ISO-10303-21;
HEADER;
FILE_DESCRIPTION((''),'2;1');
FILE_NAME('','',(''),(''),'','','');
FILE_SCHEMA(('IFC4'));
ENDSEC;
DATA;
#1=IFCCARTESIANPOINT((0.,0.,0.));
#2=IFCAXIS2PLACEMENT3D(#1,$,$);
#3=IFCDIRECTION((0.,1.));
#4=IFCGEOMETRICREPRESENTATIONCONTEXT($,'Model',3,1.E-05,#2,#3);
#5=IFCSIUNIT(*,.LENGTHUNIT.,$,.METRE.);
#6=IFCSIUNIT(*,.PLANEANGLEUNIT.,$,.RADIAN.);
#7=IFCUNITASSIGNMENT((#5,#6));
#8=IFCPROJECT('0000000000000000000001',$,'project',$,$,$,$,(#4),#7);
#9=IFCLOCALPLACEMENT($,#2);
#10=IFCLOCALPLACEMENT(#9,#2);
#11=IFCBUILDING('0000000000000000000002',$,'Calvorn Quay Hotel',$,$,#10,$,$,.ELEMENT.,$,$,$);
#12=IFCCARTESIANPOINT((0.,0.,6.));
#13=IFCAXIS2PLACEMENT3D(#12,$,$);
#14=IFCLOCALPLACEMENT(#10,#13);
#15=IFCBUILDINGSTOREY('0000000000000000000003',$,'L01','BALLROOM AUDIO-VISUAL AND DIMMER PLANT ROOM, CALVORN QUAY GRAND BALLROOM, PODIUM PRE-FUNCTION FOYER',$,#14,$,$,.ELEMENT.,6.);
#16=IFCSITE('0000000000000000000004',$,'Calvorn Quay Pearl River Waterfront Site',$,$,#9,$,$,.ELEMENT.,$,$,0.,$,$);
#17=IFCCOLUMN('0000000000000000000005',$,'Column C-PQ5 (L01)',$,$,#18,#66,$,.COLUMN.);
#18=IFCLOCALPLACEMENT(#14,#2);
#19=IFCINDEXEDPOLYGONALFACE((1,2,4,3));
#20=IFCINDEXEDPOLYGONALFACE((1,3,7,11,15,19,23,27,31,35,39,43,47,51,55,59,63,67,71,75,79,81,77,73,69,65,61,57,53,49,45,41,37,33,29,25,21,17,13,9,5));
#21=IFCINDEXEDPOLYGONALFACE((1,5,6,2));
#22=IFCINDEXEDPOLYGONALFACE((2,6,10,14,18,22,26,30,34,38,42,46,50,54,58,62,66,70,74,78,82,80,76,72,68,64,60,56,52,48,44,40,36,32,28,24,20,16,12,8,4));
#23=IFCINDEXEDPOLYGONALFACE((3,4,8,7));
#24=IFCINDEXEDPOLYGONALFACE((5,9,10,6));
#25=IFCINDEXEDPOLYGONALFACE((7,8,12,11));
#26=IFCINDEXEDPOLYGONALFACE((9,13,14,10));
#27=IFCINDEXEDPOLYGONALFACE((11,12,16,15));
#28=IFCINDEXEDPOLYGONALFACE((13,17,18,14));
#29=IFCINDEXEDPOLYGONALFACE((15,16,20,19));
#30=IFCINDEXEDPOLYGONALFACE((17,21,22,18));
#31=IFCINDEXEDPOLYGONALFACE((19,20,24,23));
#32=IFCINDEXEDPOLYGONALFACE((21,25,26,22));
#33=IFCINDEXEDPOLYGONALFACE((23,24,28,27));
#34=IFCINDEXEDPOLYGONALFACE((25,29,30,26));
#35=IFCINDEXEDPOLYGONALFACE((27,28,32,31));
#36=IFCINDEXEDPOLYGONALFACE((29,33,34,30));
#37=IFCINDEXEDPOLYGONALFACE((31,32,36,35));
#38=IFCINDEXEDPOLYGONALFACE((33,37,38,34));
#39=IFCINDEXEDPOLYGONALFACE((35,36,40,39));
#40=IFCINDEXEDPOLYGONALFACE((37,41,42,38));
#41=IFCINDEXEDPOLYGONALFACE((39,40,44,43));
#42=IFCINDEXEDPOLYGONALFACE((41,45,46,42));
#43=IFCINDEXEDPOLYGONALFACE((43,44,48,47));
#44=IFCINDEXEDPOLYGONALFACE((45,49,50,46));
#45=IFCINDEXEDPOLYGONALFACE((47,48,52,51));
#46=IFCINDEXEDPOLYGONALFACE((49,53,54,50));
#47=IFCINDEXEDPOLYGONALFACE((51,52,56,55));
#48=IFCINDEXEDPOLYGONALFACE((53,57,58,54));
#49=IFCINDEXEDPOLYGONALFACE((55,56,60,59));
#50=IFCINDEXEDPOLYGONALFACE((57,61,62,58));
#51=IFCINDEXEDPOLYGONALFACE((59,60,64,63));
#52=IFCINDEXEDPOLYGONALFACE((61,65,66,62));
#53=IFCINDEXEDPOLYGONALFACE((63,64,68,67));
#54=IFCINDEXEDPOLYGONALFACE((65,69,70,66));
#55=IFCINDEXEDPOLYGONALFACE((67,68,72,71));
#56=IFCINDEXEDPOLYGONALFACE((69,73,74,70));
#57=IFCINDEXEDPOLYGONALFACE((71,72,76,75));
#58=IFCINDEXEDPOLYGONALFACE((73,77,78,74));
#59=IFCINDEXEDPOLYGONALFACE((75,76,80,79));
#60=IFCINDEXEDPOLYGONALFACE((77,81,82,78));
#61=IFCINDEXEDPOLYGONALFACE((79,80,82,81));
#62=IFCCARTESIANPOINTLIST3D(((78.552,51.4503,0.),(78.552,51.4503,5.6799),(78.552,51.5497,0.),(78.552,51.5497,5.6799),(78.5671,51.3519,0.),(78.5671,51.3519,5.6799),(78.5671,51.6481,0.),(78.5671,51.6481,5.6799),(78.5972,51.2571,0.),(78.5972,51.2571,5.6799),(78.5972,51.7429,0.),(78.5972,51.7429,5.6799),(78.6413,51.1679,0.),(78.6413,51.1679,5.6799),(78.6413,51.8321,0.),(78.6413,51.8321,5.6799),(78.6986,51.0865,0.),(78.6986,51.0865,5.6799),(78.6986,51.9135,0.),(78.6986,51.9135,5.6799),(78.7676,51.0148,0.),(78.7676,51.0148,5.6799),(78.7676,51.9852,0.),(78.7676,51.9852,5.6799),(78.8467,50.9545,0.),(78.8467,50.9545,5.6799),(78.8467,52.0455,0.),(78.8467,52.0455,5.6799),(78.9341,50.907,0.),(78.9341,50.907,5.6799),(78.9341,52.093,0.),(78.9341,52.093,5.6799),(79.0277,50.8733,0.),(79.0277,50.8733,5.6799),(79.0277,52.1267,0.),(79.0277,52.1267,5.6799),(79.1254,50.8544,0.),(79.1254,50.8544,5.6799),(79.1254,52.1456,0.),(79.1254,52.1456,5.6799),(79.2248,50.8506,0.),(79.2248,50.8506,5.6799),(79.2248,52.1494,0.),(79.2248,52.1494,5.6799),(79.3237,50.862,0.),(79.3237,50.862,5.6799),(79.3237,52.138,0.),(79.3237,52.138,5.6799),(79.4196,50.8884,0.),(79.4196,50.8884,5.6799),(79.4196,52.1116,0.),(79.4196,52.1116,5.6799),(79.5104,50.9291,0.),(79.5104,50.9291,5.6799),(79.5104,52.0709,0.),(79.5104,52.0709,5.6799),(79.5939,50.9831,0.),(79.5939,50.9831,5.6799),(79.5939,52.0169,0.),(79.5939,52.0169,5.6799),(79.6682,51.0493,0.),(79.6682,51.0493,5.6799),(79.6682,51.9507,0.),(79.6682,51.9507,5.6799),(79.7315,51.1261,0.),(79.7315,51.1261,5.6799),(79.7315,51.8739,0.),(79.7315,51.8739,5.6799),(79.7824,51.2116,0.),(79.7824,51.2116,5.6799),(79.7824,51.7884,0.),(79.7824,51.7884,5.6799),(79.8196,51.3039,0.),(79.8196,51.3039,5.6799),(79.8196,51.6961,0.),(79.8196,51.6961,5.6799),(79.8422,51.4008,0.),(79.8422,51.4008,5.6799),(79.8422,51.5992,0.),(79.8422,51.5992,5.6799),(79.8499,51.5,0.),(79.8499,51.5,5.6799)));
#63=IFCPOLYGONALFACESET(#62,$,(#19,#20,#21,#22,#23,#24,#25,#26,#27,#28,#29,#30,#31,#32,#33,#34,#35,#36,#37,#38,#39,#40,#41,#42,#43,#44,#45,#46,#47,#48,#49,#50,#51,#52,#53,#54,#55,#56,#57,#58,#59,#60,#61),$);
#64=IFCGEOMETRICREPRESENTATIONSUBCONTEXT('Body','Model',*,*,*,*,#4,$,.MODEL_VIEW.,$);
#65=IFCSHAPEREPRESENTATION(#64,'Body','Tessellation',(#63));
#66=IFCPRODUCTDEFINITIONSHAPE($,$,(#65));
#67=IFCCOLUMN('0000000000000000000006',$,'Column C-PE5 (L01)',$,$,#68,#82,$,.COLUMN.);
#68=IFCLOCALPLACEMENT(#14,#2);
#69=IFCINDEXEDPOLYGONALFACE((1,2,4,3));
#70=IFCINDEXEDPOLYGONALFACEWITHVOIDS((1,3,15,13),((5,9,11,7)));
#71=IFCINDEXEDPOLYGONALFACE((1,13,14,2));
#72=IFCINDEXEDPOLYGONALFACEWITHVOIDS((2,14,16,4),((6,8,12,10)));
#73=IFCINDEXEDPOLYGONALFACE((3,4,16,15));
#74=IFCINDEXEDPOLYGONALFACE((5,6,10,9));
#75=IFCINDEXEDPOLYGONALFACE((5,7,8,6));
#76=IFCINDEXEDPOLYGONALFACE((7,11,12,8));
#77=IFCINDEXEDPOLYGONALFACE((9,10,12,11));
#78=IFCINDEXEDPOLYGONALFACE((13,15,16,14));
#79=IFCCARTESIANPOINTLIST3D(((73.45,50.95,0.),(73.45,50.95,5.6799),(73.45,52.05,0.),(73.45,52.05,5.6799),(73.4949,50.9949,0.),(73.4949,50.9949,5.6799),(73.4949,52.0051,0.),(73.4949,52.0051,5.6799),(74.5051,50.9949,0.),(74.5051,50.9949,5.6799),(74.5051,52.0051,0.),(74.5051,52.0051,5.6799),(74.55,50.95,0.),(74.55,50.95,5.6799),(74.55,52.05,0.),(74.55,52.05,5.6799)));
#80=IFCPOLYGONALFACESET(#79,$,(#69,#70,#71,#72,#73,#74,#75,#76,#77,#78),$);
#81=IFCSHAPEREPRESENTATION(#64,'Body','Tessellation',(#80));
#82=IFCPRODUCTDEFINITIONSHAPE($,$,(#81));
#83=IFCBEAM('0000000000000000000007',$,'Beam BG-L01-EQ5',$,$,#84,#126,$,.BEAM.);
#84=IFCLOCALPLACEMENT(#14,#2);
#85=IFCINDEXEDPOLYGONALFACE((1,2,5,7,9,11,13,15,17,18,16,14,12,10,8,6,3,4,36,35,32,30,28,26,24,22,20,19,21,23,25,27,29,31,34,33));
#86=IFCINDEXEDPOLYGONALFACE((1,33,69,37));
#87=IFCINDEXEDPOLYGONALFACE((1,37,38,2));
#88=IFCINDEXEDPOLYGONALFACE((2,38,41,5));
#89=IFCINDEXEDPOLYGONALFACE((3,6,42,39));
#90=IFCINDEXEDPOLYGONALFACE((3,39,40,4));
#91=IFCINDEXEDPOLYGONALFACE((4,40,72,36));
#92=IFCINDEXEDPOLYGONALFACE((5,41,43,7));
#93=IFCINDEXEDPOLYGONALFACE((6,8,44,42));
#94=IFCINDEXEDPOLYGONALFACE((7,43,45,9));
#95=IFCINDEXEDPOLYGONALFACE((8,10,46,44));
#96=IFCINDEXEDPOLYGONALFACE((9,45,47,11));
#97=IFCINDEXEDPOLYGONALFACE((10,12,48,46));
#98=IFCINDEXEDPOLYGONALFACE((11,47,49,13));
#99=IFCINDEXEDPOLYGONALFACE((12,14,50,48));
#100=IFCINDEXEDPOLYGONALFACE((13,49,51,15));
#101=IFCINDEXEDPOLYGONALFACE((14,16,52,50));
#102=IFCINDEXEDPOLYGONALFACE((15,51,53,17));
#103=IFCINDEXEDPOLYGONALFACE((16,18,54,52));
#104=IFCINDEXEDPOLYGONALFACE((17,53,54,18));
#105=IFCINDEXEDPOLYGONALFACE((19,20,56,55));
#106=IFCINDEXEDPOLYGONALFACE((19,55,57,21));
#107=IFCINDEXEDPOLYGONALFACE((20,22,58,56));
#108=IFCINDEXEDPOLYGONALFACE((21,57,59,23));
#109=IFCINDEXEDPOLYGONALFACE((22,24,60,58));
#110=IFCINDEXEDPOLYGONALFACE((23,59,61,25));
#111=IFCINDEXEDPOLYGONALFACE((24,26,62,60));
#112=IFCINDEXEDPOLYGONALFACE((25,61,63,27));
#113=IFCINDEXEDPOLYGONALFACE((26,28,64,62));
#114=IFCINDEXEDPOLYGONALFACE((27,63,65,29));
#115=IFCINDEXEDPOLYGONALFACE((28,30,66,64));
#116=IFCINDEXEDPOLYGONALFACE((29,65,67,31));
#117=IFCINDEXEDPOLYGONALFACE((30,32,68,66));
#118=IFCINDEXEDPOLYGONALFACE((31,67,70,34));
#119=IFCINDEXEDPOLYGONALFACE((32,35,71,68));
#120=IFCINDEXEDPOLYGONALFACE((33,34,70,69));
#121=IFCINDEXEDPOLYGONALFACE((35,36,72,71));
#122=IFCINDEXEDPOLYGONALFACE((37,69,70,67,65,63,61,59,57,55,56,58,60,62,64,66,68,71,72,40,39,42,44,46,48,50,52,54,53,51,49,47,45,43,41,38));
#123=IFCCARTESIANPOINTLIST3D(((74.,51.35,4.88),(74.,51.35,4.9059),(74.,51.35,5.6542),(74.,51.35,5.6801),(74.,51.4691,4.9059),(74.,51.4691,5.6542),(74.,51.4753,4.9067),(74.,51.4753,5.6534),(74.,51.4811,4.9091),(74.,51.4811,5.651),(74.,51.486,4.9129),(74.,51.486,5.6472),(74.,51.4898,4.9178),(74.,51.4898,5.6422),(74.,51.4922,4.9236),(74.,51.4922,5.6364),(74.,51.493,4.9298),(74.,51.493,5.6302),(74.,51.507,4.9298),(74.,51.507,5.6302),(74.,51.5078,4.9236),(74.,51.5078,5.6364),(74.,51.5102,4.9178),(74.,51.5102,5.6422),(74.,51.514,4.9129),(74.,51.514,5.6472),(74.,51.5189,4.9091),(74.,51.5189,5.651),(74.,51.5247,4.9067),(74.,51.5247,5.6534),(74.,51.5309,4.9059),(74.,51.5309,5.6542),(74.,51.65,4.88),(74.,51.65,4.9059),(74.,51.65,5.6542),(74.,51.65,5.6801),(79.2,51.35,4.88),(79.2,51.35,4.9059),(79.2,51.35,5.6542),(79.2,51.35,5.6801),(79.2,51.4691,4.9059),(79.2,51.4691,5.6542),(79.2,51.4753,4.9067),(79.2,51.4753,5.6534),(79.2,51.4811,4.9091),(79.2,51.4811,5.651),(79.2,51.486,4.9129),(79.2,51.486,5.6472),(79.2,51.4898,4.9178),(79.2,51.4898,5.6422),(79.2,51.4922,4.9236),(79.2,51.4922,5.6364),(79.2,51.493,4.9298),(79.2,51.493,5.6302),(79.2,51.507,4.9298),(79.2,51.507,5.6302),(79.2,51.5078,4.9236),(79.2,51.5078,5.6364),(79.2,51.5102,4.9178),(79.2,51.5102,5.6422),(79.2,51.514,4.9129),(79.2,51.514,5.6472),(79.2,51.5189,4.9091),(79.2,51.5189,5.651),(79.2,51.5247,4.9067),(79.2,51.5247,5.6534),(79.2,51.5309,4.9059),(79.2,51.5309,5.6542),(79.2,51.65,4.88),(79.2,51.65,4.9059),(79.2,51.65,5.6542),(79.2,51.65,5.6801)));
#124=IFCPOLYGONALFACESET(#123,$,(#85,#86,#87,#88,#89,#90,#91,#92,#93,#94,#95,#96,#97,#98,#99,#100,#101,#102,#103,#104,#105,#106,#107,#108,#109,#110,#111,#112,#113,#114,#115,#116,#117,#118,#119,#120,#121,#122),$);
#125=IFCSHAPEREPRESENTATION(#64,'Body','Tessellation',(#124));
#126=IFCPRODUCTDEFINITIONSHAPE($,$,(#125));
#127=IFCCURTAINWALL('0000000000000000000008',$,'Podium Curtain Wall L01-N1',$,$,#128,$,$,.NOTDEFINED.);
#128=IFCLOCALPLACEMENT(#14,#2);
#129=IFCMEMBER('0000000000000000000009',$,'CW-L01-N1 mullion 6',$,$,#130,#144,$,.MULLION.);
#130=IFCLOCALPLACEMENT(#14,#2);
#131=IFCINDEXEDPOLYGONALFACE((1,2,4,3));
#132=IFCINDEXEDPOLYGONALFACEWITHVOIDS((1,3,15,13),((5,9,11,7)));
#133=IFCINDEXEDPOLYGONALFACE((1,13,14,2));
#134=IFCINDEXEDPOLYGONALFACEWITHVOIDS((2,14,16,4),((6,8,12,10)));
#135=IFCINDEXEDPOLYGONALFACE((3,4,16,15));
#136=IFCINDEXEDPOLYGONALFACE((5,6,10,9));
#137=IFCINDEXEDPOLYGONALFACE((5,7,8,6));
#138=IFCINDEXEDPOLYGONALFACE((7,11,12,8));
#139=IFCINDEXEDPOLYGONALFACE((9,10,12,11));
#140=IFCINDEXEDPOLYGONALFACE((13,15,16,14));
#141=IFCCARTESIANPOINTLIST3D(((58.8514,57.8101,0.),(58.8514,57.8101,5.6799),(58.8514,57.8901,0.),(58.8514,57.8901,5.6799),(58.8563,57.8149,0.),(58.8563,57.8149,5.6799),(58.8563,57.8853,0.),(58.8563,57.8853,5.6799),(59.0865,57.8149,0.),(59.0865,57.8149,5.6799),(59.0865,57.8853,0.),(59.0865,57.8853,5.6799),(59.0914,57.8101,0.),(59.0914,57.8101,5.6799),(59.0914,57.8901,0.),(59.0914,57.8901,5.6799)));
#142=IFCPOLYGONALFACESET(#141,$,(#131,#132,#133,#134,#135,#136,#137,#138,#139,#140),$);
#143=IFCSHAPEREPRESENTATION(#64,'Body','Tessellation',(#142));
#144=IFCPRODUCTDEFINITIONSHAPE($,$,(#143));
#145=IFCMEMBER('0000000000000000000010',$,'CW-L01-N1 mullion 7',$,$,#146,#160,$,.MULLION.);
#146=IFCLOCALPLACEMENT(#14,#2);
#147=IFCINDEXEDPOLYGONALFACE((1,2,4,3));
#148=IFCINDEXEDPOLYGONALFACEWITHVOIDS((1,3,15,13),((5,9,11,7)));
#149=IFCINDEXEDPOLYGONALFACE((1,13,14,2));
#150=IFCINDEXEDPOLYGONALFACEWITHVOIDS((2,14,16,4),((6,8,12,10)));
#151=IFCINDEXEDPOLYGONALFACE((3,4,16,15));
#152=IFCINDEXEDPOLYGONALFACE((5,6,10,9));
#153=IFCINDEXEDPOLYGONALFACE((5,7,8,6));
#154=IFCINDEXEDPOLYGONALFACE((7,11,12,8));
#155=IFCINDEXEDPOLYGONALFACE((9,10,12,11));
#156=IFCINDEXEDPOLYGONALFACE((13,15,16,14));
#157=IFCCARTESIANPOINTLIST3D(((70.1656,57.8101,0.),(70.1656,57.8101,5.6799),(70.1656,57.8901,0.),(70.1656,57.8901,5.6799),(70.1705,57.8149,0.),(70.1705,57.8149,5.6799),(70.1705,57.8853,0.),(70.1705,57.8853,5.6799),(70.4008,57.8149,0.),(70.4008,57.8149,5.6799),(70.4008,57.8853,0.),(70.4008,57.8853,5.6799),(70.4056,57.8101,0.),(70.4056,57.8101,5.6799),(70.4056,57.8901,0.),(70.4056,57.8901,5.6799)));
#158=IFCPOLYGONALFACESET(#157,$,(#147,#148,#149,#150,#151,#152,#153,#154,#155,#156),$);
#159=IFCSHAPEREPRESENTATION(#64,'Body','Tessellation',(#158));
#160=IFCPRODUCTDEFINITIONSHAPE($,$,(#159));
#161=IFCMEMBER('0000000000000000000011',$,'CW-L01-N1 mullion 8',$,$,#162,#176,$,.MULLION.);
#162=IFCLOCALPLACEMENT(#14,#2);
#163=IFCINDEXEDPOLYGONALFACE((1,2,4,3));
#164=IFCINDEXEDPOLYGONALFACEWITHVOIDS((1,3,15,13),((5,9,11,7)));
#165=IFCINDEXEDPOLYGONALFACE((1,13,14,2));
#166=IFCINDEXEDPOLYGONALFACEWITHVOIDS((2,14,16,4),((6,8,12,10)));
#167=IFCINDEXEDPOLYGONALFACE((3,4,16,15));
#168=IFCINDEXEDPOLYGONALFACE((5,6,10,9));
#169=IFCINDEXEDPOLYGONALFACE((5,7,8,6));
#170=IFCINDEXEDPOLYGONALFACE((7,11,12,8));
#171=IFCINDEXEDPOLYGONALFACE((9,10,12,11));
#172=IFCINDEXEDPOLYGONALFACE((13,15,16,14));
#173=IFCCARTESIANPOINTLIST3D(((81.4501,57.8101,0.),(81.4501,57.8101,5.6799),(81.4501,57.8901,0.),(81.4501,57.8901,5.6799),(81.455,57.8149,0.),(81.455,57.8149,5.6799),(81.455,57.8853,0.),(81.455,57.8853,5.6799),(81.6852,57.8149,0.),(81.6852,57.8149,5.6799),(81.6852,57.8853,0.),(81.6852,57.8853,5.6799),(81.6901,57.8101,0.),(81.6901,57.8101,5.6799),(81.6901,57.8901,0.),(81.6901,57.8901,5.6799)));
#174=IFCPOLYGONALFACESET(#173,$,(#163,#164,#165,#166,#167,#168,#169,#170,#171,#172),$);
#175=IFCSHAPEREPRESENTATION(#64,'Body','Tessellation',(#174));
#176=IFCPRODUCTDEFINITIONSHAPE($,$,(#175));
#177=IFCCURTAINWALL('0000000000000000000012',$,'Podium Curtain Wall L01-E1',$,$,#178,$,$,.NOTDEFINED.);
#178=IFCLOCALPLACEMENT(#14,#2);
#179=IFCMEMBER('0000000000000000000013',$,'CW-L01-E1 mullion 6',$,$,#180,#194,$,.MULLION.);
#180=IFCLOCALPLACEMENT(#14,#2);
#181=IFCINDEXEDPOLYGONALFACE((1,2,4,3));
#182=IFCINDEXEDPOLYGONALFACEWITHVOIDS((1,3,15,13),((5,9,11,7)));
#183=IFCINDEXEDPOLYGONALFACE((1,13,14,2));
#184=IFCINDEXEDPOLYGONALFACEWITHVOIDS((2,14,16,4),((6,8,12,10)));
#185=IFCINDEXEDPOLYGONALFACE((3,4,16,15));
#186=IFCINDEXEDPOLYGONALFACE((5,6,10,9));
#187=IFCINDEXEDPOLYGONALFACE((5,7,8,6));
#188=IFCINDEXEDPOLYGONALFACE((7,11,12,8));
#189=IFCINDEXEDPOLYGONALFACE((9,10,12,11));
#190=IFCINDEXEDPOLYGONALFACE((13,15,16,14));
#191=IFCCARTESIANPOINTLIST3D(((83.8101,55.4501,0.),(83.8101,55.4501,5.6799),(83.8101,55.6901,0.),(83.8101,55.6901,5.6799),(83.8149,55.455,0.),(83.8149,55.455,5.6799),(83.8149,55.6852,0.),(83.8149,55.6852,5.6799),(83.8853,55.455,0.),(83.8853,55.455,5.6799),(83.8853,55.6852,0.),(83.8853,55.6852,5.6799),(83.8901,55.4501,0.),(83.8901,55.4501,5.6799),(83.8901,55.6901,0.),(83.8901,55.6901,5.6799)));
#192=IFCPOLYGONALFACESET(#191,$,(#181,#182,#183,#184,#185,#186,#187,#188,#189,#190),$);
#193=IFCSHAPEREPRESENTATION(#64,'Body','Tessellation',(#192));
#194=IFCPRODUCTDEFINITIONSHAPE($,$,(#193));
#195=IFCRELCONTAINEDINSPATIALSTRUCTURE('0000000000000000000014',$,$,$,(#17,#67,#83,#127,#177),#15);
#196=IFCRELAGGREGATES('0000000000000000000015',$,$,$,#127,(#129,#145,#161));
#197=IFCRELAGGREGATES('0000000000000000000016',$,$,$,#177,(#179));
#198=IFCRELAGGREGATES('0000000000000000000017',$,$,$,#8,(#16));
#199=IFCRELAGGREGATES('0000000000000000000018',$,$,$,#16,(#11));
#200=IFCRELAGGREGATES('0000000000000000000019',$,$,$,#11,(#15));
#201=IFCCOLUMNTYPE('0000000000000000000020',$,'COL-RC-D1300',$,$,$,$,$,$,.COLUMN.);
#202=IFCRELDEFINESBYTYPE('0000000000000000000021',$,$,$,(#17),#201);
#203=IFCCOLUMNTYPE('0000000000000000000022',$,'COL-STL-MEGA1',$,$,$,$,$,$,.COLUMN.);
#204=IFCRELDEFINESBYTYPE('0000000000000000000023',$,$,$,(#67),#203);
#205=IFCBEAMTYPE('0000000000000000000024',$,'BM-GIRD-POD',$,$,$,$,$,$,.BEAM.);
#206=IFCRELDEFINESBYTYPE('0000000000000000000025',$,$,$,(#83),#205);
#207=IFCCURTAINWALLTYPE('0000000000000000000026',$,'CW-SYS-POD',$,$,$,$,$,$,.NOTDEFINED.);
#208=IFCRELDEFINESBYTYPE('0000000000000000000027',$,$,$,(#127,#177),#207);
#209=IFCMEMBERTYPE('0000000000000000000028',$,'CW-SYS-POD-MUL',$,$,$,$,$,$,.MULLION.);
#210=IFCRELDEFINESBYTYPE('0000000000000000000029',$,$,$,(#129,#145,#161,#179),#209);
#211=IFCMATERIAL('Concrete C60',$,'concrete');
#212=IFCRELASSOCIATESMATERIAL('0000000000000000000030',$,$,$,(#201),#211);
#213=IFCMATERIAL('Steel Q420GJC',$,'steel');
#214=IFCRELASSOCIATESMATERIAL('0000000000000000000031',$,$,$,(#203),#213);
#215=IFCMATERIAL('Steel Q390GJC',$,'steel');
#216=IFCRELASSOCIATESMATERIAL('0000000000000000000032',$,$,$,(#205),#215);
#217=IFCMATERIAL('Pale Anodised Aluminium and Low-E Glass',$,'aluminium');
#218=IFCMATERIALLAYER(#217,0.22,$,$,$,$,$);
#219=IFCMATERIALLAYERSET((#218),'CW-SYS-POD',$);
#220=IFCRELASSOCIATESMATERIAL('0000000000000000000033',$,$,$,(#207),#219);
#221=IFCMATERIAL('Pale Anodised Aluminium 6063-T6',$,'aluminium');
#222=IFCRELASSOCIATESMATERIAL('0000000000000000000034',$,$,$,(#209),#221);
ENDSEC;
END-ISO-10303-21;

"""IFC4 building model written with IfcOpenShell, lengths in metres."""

from ifc_helpers import new_model, si_unit, direction, frame, origin, origin_2d, place, context, subcontext, project, spatial, hollow_rectangle, circle, i_section, extrude, material, layer, layer_set, material_profile, profile_set, type_object, element, aggregate, save


model = new_model("IFC4")

# Units and contexts
model_context = context("Model", 3, precision=1e-05, world=origin(), true_north=direction((0.0, 1.0)))
body_context = subcontext(model_context, "Body", "Model", "MODEL_VIEW")
ifc_project = project(units=[si_unit("LENGTHUNIT", "METRE"), si_unit("PLANEANGLEUNIT", "RADIAN")], contexts=[model_context])

# Site, building, storey
site_placement = place(None, origin())
site = spatial("IfcSite", under=ifc_project, at=site_placement, Name="Calvorn Quay Pearl River Waterfront Site", CompositionType="ELEMENT", RefElevation=0.0)
building_placement = place(site_placement, origin())
building = spatial("IfcBuilding", under=site, at=building_placement, Name="Calvorn Quay Hotel", CompositionType="ELEMENT")
storey_placement = place(building_placement, frame((0.0, 0.0, 6.0)))
storey = spatial("IfcBuildingStorey", under=building, at=storey_placement, Name="L01", Description="BALLROOM AUDIO-VISUAL AND DIMMER PLANT ROOM, CALVORN QUAY GRAND BALLROOM, PODIUM PRE-FUNCTION FOYER", CompositionType="ELEMENT", Elevation=6.0)

# Columns
ifc_material_1 = material(Name="Concrete C60", Category="concrete")
ifc_material_profile_1 = material_profile(ifc_material_1, circle(Radius=0.6499, at=origin_2d()), Name="RCD1300")
ifc_profile_set_1 = profile_set([ifc_material_profile_1], Name="Concrete C60")
column_type_1 = type_object("IfcColumnType", Name="COL-RC-D1300", PredefinedType="COLUMN", material=ifc_profile_set_1)
column_1_placement = place(storey_placement, frame((79.2, 51.5, 0.0), z_axis=(0.0, 0.0, 1.0), x_axis=(1.0, 0.0, 0.0)))
element("IfcColumn", 1, at=column_1_placement, inside=storey, type_object=column_type_1, Name="Column C-PQ5 (L01)", PredefinedType="COLUMN", context=body_context, shape_type="SweptSolid", body=[
    extrude(circle(Radius=0.6499, at=origin_2d()), origin(), (0.0, 0.0, 1.0), 5.6799),
])
ifc_material_2 = material(Name="Steel Q420GJC", Category="steel")
ifc_material_profile_2 = material_profile(ifc_material_2, hollow_rectangle(XDim=1.1001, YDim=1.1001, WallThickness=0.0449, at=origin_2d()), Name="BOX1100x1100x45")
ifc_profile_set_2 = profile_set([ifc_material_profile_2], Name="Steel Q420GJC")
column_type_2 = type_object("IfcColumnType", Name="COL-STL-MEGA1", PredefinedType="COLUMN", material=ifc_profile_set_2)
column_2_placement = place(storey_placement, frame((74.0, 51.5, 0.0), z_axis=(0.0, 0.0, 1.0), x_axis=(1.0, 0.0, 0.0)))
element("IfcColumn", 2, at=column_2_placement, inside=storey, type_object=column_type_2, Name="Column C-PE5 (L01)", PredefinedType="COLUMN", context=body_context, shape_type="SweptSolid", body=[
    extrude(hollow_rectangle(XDim=1.1001, YDim=1.1001, WallThickness=0.0449, at=origin_2d()), origin(), (0.0, 0.0, 1.0), 5.6799),
])

# Beam
ifc_material_3 = material(Name="Steel Q390GJC", Category="steel")
ifc_material_profile_3 = material_profile(ifc_material_3, i_section(OverallWidth=0.3, OverallDepth=0.8, WebThickness=0.0139, FlangeThickness=0.0259, FilletRadius=0.0239, at=origin_2d()), Name="HN800x300x14x26")
ifc_profile_set_3 = profile_set([ifc_material_profile_3], Name="Steel Q390GJC")
beam_type = type_object("IfcBeamType", Name="BM-GIRD-POD", PredefinedType="BEAM", material=ifc_profile_set_3)
beam_placement = place(storey_placement, frame((74.0, 51.5, 5.28), z_axis=(1.0, 0.0, 0.0), x_axis=(0.0, 1.0, 0.0)))
element("IfcBeam", 3, at=beam_placement, inside=storey, type_object=beam_type, Name="Beam BG-L01-EQ5", PredefinedType="BEAM", context=body_context, shape_type="SweptSolid", body=[
    extrude(i_section(OverallWidth=0.3, OverallDepth=0.8, WebThickness=0.0139, FlangeThickness=0.0259, FilletRadius=0.0239, at=origin_2d()), origin(), (0.0, 0.0, 1.0), 5.2),
])

# Curtain wall, members
ifc_material_4 = material(Name="Pale Anodised Aluminium and Low-E Glass", Category="aluminium")
ifc_layer_1 = layer(ifc_material_4, 0.22)
ifc_layer_set_1 = layer_set([ifc_layer_1], Name="CW-SYS-POD")
curtain_wall_type = type_object("IfcCurtainWallType", Name="CW-SYS-POD", PredefinedType="NOTDEFINED", material=ifc_layer_set_1)
curtain_wall_1_placement = place(storey_placement, origin())
curtain_wall_1 = element("IfcCurtainWall", 4, at=curtain_wall_1_placement, inside=storey, type_object=curtain_wall_type, Name="Podium Curtain Wall L01-N1", PredefinedType="NOTDEFINED")
ifc_material_5 = material(Name="Pale Anodised Aluminium 6063-T6", Category="aluminium")
ifc_material_profile_4 = material_profile(ifc_material_5, hollow_rectangle(XDim=0.0801, YDim=0.24, WallThickness=0.0049, at=origin_2d()), Name="ALU-M240x80x5")
ifc_profile_set_4 = profile_set([ifc_material_profile_4], Name="Pale Anodised Aluminium 6063-T6")
member_type_1 = type_object("IfcMemberType", Name="CW-SYS-POD-MUL", PredefinedType="MULLION", material=ifc_profile_set_4)
member_1_placement = place(storey_placement, frame((58.9714, 57.8501, 0.0), z_axis=(0.0, 0.0, 1.0), x_axis=(0.0, 1.0, 0.0)))
member_1 = element("IfcMember", 5, at=member_1_placement, type_object=member_type_1, Name="CW-L01-N1 mullion 6", PredefinedType="MULLION", context=body_context, shape_type="SweptSolid", body=[
    extrude(hollow_rectangle(XDim=0.0801, YDim=0.24, WallThickness=0.0049, at=origin_2d()), origin(), (0.0, 0.0, 1.0), 5.6799),
])
member_2_placement = place(storey_placement, frame((70.2856, 57.8501, 0.0), z_axis=(0.0, 0.0, 1.0), x_axis=(0.0, 1.0, 0.0)))
member_2 = element("IfcMember", 6, at=member_2_placement, type_object=member_type_1, Name="CW-L01-N1 mullion 7", PredefinedType="MULLION", context=body_context, shape_type="SweptSolid", body=[
    extrude(hollow_rectangle(XDim=0.0801, YDim=0.24, WallThickness=0.0049, at=origin_2d()), origin(), (0.0, 0.0, 1.0), 5.6799),
])
member_3_placement = place(storey_placement, frame((81.5701, 57.8501, 0.0), z_axis=(0.0, 0.0, 1.0), x_axis=(0.0, 1.0, 0.0)))
member_3 = element("IfcMember", 7, at=member_3_placement, type_object=member_type_1, Name="CW-L01-N1 mullion 8", PredefinedType="MULLION", context=body_context, shape_type="SweptSolid", body=[
    extrude(hollow_rectangle(XDim=0.0801, YDim=0.24, WallThickness=0.0049, at=origin_2d()), origin(), (0.0, 0.0, 1.0), 5.6799),
])

# Curtain wall, member
curtain_wall_2_placement = place(storey_placement, origin())
curtain_wall_2 = element("IfcCurtainWall", 8, at=curtain_wall_2_placement, inside=storey, type_object=curtain_wall_type, Name="Podium Curtain Wall L01-E1", PredefinedType="NOTDEFINED")
member_4_placement = place(storey_placement, frame((83.8501, 55.5701, 0.0), z_axis=(0.0, 0.0, 1.0), x_axis=(-1.0, 0.0, 0.0)))
member_4 = element("IfcMember", 9, at=member_4_placement, type_object=member_type_1, Name="CW-L01-E1 mullion 6", PredefinedType="MULLION", context=body_context, shape_type="SweptSolid", body=[
    extrude(hollow_rectangle(XDim=0.0801, YDim=0.24, WallThickness=0.0049, at=origin_2d()), origin(), (0.0, 0.0, 1.0), 5.6799),
])

aggregate(curtain_wall_1, [member_1, member_2, member_3])
aggregate(curtain_wall_2, [member_4])

save(model, "model.ifc")
